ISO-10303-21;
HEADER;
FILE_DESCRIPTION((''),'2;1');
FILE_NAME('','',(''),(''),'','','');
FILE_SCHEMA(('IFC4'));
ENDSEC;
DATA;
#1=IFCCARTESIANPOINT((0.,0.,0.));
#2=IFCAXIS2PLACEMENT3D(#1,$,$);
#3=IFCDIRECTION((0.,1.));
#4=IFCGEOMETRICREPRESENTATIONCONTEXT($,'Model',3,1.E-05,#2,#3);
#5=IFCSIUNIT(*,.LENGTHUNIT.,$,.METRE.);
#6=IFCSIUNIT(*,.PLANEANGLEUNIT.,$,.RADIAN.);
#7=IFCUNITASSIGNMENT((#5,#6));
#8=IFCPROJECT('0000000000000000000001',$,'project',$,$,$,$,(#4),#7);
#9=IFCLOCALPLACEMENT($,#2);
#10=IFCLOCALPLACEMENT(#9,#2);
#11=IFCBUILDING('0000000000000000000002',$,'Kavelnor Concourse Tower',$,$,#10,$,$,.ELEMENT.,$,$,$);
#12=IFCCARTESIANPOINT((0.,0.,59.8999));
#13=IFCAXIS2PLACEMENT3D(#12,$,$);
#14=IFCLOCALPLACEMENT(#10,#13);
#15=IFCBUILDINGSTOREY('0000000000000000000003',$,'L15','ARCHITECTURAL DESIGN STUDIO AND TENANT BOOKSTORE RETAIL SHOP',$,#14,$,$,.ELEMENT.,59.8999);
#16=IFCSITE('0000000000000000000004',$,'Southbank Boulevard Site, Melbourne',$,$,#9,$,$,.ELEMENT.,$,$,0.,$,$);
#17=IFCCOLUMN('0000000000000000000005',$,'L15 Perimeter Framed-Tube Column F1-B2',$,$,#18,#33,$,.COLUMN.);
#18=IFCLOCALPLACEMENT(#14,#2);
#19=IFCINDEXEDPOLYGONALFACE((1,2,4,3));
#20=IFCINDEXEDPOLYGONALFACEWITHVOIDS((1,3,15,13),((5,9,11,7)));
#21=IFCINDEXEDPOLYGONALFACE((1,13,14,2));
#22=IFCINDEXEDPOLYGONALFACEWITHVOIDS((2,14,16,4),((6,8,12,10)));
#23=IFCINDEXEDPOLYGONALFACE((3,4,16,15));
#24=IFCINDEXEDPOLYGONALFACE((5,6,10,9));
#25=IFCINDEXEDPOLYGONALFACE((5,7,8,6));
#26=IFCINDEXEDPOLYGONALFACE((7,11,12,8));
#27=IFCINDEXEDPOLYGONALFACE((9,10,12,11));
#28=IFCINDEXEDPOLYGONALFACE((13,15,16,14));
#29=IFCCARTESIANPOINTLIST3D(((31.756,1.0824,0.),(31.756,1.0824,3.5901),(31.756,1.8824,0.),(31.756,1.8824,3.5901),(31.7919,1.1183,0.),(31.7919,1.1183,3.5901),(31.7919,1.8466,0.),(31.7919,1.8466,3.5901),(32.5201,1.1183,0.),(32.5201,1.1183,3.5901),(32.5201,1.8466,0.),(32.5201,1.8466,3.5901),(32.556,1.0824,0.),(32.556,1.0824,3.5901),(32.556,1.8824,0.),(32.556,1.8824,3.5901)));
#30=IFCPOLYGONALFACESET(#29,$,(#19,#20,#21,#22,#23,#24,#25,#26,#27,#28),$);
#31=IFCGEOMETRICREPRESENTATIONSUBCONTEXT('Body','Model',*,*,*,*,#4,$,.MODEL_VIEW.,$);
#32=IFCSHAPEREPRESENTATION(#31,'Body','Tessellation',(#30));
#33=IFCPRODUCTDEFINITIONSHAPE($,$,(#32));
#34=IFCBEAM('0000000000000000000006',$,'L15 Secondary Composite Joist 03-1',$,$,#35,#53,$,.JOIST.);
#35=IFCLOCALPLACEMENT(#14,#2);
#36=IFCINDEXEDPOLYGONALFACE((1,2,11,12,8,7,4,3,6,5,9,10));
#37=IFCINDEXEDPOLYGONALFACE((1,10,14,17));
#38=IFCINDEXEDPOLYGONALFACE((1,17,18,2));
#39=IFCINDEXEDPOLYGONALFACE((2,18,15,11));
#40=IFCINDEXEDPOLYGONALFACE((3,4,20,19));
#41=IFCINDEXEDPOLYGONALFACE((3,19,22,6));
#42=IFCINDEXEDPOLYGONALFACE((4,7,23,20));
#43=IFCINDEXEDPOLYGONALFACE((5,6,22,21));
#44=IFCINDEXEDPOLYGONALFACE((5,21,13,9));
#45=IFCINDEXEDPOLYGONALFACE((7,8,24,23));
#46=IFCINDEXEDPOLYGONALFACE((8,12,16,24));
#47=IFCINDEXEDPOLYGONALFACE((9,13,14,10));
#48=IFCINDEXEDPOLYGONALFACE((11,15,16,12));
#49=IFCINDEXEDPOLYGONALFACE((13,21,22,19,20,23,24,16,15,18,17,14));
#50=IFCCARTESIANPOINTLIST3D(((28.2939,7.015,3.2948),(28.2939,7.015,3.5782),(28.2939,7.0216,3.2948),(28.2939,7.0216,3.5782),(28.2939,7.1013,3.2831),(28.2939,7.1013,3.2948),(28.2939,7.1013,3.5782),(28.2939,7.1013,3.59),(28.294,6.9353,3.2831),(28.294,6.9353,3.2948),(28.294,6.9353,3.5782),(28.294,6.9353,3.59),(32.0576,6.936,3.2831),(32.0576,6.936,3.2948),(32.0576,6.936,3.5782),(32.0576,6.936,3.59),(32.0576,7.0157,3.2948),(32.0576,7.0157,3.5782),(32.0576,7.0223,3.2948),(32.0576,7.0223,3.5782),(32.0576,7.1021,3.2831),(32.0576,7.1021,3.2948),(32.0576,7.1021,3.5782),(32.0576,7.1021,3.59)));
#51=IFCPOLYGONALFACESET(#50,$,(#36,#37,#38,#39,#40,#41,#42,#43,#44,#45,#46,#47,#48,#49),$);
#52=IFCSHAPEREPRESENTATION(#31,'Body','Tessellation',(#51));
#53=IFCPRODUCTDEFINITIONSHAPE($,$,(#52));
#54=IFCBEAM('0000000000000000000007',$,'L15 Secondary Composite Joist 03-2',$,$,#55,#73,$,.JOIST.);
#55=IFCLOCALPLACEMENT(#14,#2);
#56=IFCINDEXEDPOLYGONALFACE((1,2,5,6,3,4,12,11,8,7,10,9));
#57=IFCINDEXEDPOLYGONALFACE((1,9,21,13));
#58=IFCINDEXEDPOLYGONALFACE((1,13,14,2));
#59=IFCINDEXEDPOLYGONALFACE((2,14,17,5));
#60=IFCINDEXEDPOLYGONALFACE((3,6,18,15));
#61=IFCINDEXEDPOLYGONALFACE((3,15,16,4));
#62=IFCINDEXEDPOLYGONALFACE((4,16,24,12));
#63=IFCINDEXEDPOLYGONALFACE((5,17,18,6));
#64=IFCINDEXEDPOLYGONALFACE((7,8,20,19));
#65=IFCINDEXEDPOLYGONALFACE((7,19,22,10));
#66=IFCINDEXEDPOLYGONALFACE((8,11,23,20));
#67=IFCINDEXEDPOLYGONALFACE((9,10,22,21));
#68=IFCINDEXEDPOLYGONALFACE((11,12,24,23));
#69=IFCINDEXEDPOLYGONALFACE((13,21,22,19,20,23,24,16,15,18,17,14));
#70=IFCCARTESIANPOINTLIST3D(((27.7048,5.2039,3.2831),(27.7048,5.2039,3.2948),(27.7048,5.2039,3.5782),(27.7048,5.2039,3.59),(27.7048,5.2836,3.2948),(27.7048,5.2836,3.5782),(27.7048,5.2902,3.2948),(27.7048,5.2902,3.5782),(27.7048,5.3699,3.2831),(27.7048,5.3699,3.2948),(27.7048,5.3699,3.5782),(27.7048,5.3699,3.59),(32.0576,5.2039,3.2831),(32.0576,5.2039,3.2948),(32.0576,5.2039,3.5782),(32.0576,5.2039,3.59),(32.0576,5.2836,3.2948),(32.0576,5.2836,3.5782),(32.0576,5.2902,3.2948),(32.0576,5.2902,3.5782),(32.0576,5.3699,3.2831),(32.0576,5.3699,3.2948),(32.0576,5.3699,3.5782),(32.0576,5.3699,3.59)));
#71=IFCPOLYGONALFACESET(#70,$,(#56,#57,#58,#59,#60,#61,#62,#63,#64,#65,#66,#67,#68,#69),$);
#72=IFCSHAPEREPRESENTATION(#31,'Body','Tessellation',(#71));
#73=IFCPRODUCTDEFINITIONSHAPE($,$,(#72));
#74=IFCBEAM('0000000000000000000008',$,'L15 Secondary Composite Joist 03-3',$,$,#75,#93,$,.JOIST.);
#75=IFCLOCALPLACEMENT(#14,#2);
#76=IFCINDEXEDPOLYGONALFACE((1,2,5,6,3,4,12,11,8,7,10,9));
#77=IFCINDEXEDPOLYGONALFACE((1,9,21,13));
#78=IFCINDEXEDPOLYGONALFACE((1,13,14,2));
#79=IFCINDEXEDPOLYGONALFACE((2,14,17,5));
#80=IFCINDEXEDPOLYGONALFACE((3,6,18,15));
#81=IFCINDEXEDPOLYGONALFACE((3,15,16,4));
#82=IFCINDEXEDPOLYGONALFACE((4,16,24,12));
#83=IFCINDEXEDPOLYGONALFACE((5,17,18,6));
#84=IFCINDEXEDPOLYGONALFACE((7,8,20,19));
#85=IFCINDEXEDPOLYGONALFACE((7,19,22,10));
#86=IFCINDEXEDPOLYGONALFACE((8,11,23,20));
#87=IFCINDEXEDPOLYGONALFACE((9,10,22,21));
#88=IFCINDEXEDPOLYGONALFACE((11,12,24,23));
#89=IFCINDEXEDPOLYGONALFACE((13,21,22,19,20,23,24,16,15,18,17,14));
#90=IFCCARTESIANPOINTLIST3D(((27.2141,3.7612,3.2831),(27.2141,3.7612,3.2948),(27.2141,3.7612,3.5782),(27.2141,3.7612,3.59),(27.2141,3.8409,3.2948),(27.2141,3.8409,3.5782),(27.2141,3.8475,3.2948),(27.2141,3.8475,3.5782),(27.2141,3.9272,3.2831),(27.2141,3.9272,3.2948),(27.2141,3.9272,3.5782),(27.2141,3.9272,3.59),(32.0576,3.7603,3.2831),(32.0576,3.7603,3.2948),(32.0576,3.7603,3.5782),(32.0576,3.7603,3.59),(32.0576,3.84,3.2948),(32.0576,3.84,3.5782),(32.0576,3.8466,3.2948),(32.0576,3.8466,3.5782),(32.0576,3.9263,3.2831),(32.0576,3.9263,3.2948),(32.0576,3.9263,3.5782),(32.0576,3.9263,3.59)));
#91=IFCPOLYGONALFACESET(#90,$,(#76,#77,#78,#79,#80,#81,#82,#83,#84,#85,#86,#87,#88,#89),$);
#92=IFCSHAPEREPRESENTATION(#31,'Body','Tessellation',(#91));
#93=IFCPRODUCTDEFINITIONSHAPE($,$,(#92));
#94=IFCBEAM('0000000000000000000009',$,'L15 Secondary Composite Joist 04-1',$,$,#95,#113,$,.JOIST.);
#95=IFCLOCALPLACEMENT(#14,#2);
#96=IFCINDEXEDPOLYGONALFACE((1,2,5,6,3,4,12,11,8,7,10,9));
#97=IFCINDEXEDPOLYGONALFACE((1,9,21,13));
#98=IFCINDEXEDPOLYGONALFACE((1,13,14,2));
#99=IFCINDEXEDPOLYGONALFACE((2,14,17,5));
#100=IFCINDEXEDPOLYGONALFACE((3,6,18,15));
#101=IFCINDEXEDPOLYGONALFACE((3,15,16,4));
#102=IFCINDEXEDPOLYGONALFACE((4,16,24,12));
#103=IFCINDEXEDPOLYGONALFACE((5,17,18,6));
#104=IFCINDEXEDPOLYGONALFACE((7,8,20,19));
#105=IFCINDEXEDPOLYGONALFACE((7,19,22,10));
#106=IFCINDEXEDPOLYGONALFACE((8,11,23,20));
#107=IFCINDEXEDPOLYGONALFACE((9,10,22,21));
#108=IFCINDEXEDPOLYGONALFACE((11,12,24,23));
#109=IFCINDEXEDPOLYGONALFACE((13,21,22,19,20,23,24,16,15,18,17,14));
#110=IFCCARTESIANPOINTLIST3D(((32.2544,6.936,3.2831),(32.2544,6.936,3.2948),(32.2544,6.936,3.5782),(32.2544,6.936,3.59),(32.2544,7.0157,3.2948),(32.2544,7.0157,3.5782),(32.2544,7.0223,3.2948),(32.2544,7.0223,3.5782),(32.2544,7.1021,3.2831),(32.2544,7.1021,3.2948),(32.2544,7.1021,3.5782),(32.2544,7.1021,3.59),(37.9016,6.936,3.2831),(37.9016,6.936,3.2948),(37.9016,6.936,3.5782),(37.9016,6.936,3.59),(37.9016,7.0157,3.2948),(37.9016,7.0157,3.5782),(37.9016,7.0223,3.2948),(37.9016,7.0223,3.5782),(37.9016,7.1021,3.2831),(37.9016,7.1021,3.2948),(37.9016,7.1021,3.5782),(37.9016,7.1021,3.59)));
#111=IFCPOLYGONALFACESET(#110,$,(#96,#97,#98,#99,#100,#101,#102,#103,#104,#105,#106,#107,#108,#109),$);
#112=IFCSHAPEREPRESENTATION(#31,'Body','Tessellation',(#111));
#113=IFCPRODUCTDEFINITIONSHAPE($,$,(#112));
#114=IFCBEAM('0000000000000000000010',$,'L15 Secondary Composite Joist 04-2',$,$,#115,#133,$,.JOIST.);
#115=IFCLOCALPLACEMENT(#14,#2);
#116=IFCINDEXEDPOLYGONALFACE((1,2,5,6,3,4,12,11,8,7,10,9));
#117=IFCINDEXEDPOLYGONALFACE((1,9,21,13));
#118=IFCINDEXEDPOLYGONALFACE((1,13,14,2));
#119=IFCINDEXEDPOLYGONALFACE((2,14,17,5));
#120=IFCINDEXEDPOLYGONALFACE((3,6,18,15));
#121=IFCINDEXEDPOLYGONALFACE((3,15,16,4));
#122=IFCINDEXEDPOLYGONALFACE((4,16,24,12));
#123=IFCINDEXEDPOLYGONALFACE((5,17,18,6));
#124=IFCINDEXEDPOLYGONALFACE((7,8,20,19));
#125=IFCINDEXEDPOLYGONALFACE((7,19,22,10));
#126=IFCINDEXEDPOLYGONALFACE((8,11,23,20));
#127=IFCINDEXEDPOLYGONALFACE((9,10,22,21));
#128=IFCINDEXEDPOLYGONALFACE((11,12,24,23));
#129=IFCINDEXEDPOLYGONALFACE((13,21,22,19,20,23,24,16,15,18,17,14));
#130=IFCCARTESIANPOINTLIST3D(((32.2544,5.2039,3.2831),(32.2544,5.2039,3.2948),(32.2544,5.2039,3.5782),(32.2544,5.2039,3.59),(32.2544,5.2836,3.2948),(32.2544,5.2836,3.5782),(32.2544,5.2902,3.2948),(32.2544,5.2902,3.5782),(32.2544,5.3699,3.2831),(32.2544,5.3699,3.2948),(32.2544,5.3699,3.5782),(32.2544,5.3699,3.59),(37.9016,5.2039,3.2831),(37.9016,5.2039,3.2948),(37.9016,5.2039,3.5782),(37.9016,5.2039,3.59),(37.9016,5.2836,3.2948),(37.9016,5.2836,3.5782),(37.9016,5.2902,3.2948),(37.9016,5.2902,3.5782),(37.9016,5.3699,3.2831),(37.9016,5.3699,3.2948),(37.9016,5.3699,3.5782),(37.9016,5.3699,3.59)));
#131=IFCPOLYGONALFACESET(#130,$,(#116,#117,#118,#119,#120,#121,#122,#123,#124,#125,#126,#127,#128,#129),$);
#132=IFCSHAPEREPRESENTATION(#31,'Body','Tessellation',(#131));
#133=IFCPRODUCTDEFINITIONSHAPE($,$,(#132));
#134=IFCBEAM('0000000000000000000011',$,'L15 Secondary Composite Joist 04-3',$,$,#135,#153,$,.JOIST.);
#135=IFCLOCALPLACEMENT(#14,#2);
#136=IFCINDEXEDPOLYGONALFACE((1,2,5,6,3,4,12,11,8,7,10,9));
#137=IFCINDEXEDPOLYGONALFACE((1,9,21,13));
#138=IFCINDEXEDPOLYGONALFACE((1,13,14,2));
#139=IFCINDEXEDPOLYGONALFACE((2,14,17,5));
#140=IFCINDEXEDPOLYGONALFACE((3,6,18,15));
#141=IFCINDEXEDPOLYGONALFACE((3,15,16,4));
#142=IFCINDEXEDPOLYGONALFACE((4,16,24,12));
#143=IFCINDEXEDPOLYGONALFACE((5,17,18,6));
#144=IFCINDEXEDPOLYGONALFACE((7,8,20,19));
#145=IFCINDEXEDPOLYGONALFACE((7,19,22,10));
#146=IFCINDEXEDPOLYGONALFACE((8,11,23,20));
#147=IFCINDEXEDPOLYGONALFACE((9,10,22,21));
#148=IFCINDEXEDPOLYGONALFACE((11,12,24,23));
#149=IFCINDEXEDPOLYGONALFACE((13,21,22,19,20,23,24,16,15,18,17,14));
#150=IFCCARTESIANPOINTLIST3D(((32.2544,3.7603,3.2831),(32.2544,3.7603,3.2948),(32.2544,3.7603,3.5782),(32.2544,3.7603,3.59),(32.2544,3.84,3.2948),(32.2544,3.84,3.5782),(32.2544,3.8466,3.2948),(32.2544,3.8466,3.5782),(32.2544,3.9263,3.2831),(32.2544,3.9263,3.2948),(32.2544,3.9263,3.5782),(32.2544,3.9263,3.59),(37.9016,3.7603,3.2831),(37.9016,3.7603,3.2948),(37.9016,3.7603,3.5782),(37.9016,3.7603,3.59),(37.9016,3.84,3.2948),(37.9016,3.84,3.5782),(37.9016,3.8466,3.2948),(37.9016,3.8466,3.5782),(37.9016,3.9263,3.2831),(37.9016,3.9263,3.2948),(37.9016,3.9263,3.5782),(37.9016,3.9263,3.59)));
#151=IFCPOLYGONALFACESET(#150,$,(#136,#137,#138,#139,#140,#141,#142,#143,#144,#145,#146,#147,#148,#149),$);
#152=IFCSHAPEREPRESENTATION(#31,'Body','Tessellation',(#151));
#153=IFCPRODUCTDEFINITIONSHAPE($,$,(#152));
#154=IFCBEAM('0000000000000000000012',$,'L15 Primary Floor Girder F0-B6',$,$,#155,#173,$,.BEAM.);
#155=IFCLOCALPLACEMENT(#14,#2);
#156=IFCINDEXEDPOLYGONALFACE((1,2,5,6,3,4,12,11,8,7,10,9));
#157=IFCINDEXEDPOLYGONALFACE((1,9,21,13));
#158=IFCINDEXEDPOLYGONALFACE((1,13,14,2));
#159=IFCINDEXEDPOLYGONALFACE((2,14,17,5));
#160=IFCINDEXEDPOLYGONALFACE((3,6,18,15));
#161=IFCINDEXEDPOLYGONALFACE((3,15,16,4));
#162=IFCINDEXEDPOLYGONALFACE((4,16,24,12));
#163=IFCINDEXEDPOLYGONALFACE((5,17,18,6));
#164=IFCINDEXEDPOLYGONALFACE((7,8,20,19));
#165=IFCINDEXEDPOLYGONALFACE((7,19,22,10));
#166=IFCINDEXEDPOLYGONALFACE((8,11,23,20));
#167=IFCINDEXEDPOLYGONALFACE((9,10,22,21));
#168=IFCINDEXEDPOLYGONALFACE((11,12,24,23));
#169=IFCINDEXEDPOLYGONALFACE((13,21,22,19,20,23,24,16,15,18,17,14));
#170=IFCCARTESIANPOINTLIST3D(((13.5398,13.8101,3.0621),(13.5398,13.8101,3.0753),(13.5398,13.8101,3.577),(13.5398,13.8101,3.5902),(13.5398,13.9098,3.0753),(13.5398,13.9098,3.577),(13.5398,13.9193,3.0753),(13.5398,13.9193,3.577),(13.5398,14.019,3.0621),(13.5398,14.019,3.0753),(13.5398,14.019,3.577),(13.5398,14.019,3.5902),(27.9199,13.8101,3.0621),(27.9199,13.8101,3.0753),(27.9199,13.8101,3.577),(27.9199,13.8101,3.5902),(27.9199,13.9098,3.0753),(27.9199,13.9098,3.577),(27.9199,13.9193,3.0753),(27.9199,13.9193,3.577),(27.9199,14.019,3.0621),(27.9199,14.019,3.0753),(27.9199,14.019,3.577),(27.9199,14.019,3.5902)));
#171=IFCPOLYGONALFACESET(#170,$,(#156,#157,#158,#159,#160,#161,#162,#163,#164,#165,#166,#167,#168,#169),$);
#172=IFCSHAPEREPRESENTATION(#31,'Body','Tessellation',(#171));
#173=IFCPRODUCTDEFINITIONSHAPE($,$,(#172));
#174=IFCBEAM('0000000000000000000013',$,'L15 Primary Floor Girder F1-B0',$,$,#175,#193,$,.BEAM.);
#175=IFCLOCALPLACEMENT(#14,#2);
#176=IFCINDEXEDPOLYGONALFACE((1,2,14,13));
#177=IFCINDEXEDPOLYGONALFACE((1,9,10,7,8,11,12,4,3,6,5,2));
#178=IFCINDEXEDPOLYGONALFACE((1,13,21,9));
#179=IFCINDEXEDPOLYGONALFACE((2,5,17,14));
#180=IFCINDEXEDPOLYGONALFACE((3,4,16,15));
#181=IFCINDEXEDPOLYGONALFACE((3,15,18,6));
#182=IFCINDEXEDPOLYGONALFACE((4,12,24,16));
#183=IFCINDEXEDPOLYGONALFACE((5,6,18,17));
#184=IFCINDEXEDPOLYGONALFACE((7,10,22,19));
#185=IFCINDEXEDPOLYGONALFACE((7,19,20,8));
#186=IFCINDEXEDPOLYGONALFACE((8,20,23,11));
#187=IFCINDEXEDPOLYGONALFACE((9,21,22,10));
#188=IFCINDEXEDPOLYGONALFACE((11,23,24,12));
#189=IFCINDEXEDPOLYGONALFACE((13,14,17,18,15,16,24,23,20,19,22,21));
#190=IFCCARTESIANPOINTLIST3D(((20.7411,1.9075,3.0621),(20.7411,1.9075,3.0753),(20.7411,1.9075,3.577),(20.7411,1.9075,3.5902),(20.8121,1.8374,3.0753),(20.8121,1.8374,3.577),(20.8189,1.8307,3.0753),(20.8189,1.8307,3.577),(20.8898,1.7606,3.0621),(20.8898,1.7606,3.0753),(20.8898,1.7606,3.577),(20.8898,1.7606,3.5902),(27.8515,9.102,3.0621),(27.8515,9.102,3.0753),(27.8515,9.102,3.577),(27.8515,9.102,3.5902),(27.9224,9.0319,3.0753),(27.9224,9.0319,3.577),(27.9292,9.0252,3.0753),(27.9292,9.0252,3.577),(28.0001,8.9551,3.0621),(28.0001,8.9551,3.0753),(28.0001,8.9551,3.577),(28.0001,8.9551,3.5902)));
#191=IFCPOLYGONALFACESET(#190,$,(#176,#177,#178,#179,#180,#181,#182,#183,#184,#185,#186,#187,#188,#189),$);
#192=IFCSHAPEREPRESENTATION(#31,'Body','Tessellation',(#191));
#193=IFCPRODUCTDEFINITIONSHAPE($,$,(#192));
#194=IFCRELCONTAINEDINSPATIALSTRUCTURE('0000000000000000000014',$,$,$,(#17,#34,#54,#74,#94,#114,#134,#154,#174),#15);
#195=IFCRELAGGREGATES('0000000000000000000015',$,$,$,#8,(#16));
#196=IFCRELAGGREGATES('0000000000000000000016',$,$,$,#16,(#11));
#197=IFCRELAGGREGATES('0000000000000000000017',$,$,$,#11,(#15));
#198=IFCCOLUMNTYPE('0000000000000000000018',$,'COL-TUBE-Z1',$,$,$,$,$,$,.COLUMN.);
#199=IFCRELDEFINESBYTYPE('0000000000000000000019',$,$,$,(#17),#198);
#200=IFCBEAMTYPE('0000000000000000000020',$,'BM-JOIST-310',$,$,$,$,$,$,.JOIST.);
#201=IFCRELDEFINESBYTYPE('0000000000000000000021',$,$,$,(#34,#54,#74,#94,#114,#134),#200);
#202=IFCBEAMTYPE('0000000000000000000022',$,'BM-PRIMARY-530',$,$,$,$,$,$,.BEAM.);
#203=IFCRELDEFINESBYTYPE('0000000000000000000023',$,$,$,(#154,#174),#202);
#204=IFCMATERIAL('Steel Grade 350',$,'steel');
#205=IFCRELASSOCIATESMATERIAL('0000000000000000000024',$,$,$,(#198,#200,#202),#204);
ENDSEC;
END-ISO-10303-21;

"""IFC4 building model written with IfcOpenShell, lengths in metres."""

from ifc_helpers import new_model, si_unit, direction, frame, origin, origin_2d, place, context, subcontext, project, spatial, hollow_rectangle, i_section, extrude, material, material_profile, profile_set, type_object, element, save


model = new_model("IFC4")

# Units and contexts
model_context = context("Model", 3, precision=1e-05, world=origin(), true_north=direction((0.0, 1.0)))
body_context = subcontext(model_context, "Body", "Model", "MODEL_VIEW")
ifc_project = project(units=[si_unit("LENGTHUNIT", "METRE"), si_unit("PLANEANGLEUNIT", "RADIAN")], contexts=[model_context])

# Site, building, storey
site_placement = place(None, origin())
site = spatial("IfcSite", under=ifc_project, at=site_placement, Name="Southbank Boulevard Site, Melbourne", CompositionType="ELEMENT", RefElevation=0.0)
building_placement = place(site_placement, origin())
building = spatial("IfcBuilding", under=site, at=building_placement, Name="Kavelnor Concourse Tower", CompositionType="ELEMENT")
storey_placement = place(building_placement, frame((0.0, 0.0, 59.8999)))
storey = spatial("IfcBuildingStorey", under=building, at=storey_placement, Name="L15", Description="ARCHITECTURAL DESIGN STUDIO AND TENANT BOOKSTORE RETAIL SHOP", CompositionType="ELEMENT", Elevation=59.8999)

# Column
ifc_material_1 = material(Name="Steel Grade 350", Category="steel")
ifc_material_profile_1 = material_profile(ifc_material_1, hollow_rectangle(XDim=0.8, YDim=0.8, WallThickness=0.0359, at=origin_2d()), Name="SHS 800x800x36")
ifc_profile_set_1 = profile_set([ifc_material_profile_1], Name="Steel Grade 350")
column_type = type_object("IfcColumnType", Name="COL-TUBE-Z1", PredefinedType="COLUMN", material=ifc_profile_set_1)
column_placement = place(storey_placement, frame((32.156, 1.4824, 0.0), z_axis=(0.0, 0.0, 1.0), x_axis=(1.0, 0.0, 0.0)))
element("IfcColumn", 1, at=column_placement, inside=storey, type_object=column_type, Name="L15 Perimeter Framed-Tube Column F1-B2", PredefinedType="COLUMN", context=body_context, shape_type="SweptSolid", body=[
    extrude(hollow_rectangle(XDim=0.8, YDim=0.8, WallThickness=0.0359, at=origin_2d()), origin(), (0.0, 0.0, 1.0), 3.5901),
])

# Beams
ifc_material_profile_2 = material_profile(ifc_material_1, i_section(OverallWidth=0.166, OverallDepth=0.3069, WebThickness=0.0066, FlangeThickness=0.0117, at=origin_2d()), Name="310UB46")
ifc_profile_set_2 = profile_set([ifc_material_profile_2], Name="Steel Grade 350")
beam_type_1 = type_object("IfcBeamType", Name="BM-JOIST-310", PredefinedType="JOIST", material=ifc_profile_set_2)
beam_1_placement = place(storey_placement, frame((28.2939, 7.0183, 3.4365), z_axis=(1.0, 0.000195, 0.0), x_axis=(-0.000195, 1.0, 0.0)))
element("IfcBeam", 2, at=beam_1_placement, inside=storey, type_object=beam_type_1, Name="L15 Secondary Composite Joist 03-1", PredefinedType="JOIST", context=body_context, shape_type="SweptSolid", body=[
    extrude(i_section(OverallWidth=0.166, OverallDepth=0.3069, WebThickness=0.0066, FlangeThickness=0.0117, at=origin_2d()), origin(), (0.0, 0.0, 1.0), 3.7637),
])
beam_2_placement = place(storey_placement, frame((27.7048, 5.2869, 3.4365), z_axis=(1.0, 0.0, 0.0), x_axis=(0.0, 1.0, 0.0)))
element("IfcBeam", 3, at=beam_2_placement, inside=storey, type_object=beam_type_1, Name="L15 Secondary Composite Joist 03-2", PredefinedType="JOIST", context=body_context, shape_type="SweptSolid", body=[
    extrude(i_section(OverallWidth=0.166, OverallDepth=0.3069, WebThickness=0.0066, FlangeThickness=0.0117, at=origin_2d()), origin(), (0.0, 0.0, 1.0), 4.3528),
])
beam_3_placement = place(storey_placement, frame((27.2141, 3.8442, 3.4365), z_axis=(1.0, -0.000202, 0.0), x_axis=(0.000202, 1.0, 0.0)))
element("IfcBeam", 4, at=beam_3_placement, inside=storey, type_object=beam_type_1, Name="L15 Secondary Composite Joist 03-3", PredefinedType="JOIST", context=body_context, shape_type="SweptSolid", body=[
    extrude(i_section(OverallWidth=0.166, OverallDepth=0.3069, WebThickness=0.0066, FlangeThickness=0.0117, at=origin_2d()), origin(), (0.0, 0.0, 1.0), 4.8435),
])
for number, where, z_axis, x_axis, name in (
    (5, (32.2544, 7.019, 3.4365), (1.0, 0.0, 0.0), (0.0, 1.0, 0.0), "L15 Secondary Composite Joist 04-1"),
    (6, (32.2544, 5.2869, 3.4365), (1.0, 0.0, 0.0), (0.0, 1.0, 0.0), "L15 Secondary Composite Joist 04-2"),
    (7, (32.2544, 3.8433, 3.4365), (1.0, 0.0, 0.0), (0.0, 1.0, 0.0), "L15 Secondary Composite Joist 04-3"),
):
    element("IfcBeam", number, at=place(storey_placement, frame(where, z_axis=z_axis, x_axis=x_axis)), inside=storey, type_object=beam_type_1, Name=name, PredefinedType="JOIST", context=body_context, shape_type="SweptSolid", body=[
        extrude(i_section(OverallWidth=0.166, OverallDepth=0.3069, WebThickness=0.0066, FlangeThickness=0.0117, at=origin_2d()), origin(), (0.0, 0.0, 1.0), 5.6472),
    ])
ifc_material_profile_3 = material_profile(ifc_material_1, i_section(OverallWidth=0.209, OverallDepth=0.5281, WebThickness=0.0095, FlangeThickness=0.0132, at=origin_2d()), Name="530UB82")
ifc_profile_set_3 = profile_set([ifc_material_profile_3], Name="Steel Grade 350")
beam_type_2 = type_object("IfcBeamType", Name="BM-PRIMARY-530", PredefinedType="BEAM", material=ifc_profile_set_3)
beam_4_placement = place(storey_placement, frame((27.9199, 13.9146, 3.3262), z_axis=(-1.0, 0.0, 0.0), x_axis=(0.0, -1.0, 0.0)))
element("IfcBeam", 8, at=beam_4_placement, inside=storey, type_object=beam_type_2, Name="L15 Primary Floor Girder F0-B6", PredefinedType="BEAM", context=body_context, shape_type="SweptSolid", body=[
    extrude(i_section(OverallWidth=0.209, OverallDepth=0.5281, WebThickness=0.0095, FlangeThickness=0.0132, at=origin_2d()), origin(), (0.0, 0.0, 1.0), 14.3801),
])
beam_5_placement = place(storey_placement, frame((27.9258, 9.0286, 3.3262), z_axis=(-0.702931, -0.711258, 0.0), x_axis=(0.711258, -0.702931, 0.0)))
element("IfcBeam", 9, at=beam_5_placement, inside=storey, type_object=beam_type_2, Name="L15 Primary Floor Girder F1-B0", PredefinedType="BEAM", context=body_context, shape_type="SweptSolid", body=[
    extrude(i_section(OverallWidth=0.209, OverallDepth=0.5281, WebThickness=0.0095, FlangeThickness=0.0132, at=origin_2d()), origin(), (0.0, 0.0, 1.0), 10.1152),
])

save(model, "model.ifc")
